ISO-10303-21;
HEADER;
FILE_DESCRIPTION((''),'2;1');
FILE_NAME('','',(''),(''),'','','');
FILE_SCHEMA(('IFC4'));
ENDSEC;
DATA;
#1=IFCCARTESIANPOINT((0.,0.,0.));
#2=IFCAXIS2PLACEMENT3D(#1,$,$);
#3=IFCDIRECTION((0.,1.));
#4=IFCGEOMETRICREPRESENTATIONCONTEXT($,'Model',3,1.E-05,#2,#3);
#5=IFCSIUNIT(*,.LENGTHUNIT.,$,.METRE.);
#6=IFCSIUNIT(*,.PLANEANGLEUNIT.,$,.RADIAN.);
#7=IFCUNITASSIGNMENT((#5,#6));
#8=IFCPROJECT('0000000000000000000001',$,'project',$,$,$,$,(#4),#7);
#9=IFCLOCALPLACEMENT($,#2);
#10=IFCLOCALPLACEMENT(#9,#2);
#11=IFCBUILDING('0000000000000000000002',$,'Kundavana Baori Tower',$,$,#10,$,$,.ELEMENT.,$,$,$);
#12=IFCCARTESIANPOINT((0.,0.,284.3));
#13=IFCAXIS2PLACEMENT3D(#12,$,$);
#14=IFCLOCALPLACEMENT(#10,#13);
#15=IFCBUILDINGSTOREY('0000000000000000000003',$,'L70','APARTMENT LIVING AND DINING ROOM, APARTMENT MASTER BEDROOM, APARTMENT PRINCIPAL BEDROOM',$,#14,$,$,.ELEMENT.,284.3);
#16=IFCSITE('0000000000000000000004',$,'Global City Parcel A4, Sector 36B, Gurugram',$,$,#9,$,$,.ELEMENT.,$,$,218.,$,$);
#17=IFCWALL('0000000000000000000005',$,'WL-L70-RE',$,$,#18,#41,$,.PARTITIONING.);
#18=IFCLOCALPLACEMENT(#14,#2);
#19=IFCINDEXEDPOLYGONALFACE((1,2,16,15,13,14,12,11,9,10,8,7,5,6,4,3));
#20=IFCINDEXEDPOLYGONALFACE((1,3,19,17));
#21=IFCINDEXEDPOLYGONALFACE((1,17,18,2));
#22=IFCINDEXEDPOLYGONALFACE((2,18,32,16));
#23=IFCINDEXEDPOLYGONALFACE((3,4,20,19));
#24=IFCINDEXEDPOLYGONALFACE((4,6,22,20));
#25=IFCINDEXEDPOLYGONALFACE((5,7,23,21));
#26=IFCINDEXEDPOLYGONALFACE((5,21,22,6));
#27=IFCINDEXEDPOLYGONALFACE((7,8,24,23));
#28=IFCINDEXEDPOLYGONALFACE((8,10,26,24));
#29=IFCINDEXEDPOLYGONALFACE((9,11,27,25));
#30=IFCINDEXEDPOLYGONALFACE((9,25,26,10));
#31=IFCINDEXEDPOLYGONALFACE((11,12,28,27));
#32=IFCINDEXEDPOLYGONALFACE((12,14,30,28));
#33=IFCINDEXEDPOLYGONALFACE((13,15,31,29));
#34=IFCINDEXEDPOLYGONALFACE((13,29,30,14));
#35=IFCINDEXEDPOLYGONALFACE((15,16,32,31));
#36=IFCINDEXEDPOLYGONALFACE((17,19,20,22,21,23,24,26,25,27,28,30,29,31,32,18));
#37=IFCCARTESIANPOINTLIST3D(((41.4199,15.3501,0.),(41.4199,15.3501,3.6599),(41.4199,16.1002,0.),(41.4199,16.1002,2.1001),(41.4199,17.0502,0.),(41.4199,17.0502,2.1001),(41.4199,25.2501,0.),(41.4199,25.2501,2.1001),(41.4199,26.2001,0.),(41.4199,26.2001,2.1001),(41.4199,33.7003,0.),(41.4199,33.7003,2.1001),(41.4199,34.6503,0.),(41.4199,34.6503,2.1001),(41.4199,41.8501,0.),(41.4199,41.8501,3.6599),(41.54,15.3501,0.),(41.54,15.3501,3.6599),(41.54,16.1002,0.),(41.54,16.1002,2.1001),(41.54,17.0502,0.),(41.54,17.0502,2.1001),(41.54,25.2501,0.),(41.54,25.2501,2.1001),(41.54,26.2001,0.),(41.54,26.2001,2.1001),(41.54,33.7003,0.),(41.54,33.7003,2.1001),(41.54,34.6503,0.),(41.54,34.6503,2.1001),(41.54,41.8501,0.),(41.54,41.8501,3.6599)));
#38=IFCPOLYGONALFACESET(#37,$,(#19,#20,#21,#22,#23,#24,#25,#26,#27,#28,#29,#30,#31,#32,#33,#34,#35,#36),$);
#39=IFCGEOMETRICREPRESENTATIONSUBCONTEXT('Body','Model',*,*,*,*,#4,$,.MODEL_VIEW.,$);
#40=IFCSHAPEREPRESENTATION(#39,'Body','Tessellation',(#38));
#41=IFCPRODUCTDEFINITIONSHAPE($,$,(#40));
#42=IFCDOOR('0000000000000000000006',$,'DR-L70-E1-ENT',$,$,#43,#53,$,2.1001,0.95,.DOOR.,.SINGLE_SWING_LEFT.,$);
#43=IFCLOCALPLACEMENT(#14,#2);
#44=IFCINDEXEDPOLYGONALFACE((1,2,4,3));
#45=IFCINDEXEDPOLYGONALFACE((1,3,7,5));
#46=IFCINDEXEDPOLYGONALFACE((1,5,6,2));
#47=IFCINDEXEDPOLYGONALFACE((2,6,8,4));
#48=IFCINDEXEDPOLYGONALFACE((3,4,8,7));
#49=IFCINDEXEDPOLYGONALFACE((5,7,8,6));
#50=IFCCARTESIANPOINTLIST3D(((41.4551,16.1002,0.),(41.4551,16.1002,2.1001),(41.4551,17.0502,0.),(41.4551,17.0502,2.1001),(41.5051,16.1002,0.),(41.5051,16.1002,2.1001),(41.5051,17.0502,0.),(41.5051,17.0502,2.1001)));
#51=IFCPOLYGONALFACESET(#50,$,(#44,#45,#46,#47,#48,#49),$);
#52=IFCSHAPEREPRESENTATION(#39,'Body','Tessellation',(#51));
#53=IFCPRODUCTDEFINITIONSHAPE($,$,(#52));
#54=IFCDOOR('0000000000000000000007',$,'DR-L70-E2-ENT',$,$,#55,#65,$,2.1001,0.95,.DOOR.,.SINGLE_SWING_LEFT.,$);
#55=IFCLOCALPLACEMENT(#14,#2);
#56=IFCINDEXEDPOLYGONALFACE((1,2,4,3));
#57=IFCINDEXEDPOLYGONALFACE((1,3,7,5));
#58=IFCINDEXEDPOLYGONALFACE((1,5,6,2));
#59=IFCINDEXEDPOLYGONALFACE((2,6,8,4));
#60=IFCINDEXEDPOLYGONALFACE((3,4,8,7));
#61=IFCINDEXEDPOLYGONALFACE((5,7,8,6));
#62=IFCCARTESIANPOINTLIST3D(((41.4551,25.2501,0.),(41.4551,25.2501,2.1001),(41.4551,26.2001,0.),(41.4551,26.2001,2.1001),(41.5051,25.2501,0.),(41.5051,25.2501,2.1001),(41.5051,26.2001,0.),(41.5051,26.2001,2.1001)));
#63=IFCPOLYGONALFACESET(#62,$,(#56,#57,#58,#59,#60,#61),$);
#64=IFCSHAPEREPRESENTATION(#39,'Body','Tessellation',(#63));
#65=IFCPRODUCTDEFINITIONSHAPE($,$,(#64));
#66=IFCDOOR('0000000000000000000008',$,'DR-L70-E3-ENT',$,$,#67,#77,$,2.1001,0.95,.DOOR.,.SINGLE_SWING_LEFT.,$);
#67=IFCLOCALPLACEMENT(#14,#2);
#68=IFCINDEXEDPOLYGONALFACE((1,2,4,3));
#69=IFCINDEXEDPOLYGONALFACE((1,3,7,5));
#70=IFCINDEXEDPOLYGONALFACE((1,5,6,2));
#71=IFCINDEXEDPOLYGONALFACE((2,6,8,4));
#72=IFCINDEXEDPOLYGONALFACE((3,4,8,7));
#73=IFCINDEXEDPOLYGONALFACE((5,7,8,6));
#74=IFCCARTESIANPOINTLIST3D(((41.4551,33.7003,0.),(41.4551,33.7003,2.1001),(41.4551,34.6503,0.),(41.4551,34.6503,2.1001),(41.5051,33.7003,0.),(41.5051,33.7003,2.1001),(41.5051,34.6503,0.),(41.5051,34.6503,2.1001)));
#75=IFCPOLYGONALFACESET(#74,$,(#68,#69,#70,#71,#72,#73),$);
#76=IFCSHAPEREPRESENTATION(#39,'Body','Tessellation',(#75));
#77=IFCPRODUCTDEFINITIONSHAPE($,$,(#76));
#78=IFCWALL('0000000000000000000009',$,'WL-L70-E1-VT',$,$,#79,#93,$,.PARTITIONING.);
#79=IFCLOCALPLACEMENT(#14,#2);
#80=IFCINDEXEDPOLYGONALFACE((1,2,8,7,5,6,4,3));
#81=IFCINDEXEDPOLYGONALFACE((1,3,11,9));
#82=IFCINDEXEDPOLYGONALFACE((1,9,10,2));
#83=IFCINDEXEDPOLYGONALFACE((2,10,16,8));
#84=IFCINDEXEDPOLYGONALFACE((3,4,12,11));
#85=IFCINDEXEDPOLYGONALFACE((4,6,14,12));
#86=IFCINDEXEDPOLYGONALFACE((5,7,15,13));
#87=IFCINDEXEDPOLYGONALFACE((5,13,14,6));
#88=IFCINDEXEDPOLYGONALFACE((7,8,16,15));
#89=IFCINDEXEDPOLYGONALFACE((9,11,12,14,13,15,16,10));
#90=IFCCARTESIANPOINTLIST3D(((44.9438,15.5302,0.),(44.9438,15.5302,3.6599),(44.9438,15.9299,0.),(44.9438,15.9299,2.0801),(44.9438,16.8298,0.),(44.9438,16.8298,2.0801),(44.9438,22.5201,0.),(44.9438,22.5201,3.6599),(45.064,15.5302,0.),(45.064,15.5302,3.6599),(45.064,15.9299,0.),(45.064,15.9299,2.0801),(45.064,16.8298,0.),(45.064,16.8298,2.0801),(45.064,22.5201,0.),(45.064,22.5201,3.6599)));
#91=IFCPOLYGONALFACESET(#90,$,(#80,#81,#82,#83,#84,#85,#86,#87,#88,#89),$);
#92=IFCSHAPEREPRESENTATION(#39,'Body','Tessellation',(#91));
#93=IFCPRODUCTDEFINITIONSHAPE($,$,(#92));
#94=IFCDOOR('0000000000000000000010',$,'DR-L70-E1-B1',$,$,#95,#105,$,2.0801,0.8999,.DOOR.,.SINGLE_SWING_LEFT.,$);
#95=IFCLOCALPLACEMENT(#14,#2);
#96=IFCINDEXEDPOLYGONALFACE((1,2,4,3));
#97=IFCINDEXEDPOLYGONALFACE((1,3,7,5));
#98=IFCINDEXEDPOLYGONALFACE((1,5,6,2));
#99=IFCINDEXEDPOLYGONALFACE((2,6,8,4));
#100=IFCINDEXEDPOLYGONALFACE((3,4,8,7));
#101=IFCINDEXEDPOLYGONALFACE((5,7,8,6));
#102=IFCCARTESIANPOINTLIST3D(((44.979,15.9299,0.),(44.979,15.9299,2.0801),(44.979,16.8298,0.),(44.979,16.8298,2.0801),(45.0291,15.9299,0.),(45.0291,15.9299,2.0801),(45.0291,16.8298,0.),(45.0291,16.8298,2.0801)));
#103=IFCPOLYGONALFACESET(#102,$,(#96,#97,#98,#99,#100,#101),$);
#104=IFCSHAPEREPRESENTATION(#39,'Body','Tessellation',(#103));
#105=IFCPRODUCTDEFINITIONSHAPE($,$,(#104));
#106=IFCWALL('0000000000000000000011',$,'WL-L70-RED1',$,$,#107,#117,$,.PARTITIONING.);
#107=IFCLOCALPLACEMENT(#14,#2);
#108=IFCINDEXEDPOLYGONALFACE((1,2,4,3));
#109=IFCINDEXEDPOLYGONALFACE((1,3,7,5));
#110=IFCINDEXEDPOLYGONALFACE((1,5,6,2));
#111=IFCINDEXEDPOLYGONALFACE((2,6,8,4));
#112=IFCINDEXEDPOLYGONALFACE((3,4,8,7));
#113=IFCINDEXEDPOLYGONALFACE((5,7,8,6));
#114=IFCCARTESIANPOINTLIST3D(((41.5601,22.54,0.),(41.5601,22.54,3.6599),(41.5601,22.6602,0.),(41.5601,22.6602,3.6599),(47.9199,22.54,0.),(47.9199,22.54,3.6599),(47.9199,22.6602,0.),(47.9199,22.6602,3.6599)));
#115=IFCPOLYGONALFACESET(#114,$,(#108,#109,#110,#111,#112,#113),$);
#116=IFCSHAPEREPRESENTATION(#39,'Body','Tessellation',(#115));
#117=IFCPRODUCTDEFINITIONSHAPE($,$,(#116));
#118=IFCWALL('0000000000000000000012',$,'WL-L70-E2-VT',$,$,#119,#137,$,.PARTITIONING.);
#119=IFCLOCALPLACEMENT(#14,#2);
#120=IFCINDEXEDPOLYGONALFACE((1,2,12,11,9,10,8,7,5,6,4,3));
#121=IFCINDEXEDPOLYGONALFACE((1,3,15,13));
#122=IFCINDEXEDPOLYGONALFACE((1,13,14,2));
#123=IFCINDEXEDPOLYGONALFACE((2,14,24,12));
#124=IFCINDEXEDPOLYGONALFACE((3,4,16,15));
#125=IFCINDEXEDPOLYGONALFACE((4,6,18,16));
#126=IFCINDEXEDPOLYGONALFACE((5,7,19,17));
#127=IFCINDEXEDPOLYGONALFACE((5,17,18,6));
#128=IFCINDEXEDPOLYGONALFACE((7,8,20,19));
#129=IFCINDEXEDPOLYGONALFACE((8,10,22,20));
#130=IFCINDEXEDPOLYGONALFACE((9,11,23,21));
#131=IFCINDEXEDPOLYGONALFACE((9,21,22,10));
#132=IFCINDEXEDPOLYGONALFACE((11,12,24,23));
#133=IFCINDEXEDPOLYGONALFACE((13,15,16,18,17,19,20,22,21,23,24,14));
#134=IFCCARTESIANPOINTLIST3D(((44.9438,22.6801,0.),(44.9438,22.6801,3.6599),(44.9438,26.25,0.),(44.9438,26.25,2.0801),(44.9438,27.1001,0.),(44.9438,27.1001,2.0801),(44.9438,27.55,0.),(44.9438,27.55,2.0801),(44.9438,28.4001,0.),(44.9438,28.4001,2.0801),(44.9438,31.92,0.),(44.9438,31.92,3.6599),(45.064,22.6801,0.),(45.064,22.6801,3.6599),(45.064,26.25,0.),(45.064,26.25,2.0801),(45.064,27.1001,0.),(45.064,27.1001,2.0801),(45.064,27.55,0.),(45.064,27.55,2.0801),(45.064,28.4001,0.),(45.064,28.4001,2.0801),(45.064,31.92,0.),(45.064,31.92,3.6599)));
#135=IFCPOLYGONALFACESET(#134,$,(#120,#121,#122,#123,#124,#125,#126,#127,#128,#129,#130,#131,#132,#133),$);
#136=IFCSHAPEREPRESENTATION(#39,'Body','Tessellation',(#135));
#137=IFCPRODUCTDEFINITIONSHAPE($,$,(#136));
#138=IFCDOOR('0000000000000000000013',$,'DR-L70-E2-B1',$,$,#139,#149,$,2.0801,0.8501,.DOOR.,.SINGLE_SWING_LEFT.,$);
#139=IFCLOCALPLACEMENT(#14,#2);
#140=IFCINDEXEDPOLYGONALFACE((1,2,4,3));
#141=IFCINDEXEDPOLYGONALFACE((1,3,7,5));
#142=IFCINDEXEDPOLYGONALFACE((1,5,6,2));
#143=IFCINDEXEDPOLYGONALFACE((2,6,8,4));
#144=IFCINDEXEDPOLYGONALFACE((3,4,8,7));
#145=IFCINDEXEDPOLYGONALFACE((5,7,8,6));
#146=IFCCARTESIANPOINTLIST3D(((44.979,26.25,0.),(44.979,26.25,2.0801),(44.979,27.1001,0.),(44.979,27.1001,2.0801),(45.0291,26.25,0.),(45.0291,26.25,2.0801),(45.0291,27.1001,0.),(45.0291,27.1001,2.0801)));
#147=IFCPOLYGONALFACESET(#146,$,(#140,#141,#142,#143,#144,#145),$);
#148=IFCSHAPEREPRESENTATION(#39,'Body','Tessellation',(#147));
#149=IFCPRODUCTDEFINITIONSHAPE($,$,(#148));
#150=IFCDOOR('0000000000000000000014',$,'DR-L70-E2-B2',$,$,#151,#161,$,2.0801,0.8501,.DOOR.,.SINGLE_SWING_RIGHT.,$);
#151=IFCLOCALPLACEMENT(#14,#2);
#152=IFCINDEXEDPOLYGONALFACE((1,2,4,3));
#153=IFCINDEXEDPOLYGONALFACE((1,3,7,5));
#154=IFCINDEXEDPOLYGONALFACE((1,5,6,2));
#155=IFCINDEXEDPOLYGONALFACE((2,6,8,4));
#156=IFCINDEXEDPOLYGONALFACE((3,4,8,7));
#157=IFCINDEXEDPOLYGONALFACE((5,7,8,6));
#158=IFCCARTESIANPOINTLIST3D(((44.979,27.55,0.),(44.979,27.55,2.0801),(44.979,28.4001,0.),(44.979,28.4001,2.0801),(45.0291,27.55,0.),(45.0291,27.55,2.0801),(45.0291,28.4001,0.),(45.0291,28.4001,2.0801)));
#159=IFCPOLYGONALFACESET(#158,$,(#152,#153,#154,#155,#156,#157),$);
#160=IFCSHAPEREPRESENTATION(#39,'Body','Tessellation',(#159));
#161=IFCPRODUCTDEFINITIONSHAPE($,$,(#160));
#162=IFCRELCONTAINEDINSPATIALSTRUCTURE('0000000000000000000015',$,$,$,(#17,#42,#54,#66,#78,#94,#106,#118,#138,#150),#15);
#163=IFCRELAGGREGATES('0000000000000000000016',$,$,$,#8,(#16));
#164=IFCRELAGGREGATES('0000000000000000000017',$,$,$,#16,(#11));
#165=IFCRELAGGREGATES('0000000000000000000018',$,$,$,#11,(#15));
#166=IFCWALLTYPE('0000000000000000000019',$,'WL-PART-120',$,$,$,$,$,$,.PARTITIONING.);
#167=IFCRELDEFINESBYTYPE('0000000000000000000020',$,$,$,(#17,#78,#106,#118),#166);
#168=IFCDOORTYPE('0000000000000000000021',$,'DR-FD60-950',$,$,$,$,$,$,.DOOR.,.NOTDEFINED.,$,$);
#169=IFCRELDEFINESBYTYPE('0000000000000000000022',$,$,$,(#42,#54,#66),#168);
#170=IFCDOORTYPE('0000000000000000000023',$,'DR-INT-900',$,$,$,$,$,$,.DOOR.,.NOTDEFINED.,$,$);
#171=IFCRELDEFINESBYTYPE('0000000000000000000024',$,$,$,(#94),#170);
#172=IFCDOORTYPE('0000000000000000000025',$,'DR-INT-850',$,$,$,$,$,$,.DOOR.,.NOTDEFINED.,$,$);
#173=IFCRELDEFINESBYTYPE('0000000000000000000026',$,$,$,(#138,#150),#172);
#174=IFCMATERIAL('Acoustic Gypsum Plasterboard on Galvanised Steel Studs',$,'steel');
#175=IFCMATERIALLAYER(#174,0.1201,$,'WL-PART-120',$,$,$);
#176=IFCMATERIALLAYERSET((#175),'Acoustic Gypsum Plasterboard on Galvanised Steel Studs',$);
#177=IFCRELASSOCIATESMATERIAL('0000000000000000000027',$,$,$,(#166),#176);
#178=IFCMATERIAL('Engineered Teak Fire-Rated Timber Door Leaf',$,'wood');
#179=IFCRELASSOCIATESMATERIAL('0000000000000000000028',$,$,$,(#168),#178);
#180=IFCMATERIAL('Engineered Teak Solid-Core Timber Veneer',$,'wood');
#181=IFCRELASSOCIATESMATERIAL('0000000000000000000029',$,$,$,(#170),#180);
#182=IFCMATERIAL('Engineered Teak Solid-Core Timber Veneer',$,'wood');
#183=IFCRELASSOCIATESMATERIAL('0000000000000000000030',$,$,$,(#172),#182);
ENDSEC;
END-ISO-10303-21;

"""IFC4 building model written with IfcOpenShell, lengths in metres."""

from ifc_helpers import new_model, si_unit, direction, frame, frame_2d, origin, place, context, subcontext, project, spatial, rectangle, extrude, material, layer, layer_set, type_object, element, fill, save


model = new_model("IFC4")

# Units and contexts
model_context = context("Model", 3, precision=1e-05, world=origin(), true_north=direction((0.0, 1.0)))
body_context = subcontext(model_context, "Body", "Model", "MODEL_VIEW")
ifc_project = project(units=[si_unit("LENGTHUNIT", "METRE"), si_unit("PLANEANGLEUNIT", "RADIAN")], contexts=[model_context])

# Site, building, storey
site_placement = place(None, origin())
site = spatial("IfcSite", under=ifc_project, at=site_placement, Name="Global City Parcel A4, Sector 36B, Gurugram", CompositionType="ELEMENT", RefElevation=218.0)
building_placement = place(site_placement, origin())
building = spatial("IfcBuilding", under=site, at=building_placement, Name="Kundavana Baori Tower", CompositionType="ELEMENT")
storey_placement = place(building_placement, frame((0.0, 0.0, 284.3)))
storey = spatial("IfcBuildingStorey", under=building, at=storey_placement, Name="L70", Description="APARTMENT LIVING AND DINING ROOM, APARTMENT MASTER BEDROOM, APARTMENT PRINCIPAL BEDROOM", CompositionType="ELEMENT", Elevation=284.3)

# Wall, openings, doors
ifc_material_1 = material(Name="Acoustic Gypsum Plasterboard on Galvanised Steel Studs", Category="steel")
ifc_layer_1 = layer(ifc_material_1, 0.1201, Name="WL-PART-120")
ifc_layer_set_1 = layer_set([ifc_layer_1], Name="Acoustic Gypsum Plasterboard on Galvanised Steel Studs")
wall_type_1 = type_object("IfcWallType", Name="WL-PART-120", PredefinedType="PARTITIONING", material=ifc_layer_set_1)
wall_1_placement = place(storey_placement, frame((41.48, 15.3501, 0.0), z_axis=(0.0, 0.0, 1.0), x_axis=(0.0, 1.0, 0.0)))
wall_1 = element("IfcWall", 1, at=wall_1_placement, inside=storey, type_object=wall_type_1, Name="WL-L70-RE", PredefinedType="PARTITIONING", context=body_context, shape_type="SweptSolid", body=[
    extrude(rectangle(XDim=26.5, YDim=0.1201, at=frame_2d((13.25, 0.0))), origin(), (0.0, 0.0, 1.0), 3.6599),
])
opening_1_placement = place(wall_1_placement, frame((0.75, 0.0, 0.0)))
opening_1 = element("IfcOpeningElement", 2, at=opening_1_placement, cuts=wall_1, PredefinedType="OPENING", context=body_context, shape_type="SweptSolid", body=[
    extrude(rectangle(XDim=0.95, YDim=2.1001, at=frame_2d((0.4751, 1.05))), frame((0.0, 0.0701, 0.0), z_axis=(0.0, -1.0, 0.0), x_axis=(1.0, 0.0, 0.0)), (0.0, 0.0, 1.0), 0.1401),
])
opening_2_placement = place(wall_1_placement, frame((9.8999, 0.0, 0.0)))
opening_2 = element("IfcOpeningElement", 3, at=opening_2_placement, cuts=wall_1, PredefinedType="OPENING", context=body_context, shape_type="SweptSolid", body=[
    extrude(rectangle(XDim=0.95, YDim=2.1001, at=frame_2d((0.4751, 1.05))), frame((0.0, 0.0701, 0.0), z_axis=(0.0, -1.0, 0.0), x_axis=(1.0, 0.0, 0.0)), (0.0, 0.0, 1.0), 0.1401),
])
opening_3_placement = place(wall_1_placement, frame((18.3501, 0.0, 0.0)))
opening_3 = element("IfcOpeningElement", 4, at=opening_3_placement, cuts=wall_1, PredefinedType="OPENING", context=body_context, shape_type="SweptSolid", body=[
    extrude(rectangle(XDim=0.95, YDim=2.1001, at=frame_2d((0.4751, 1.05))), frame((0.0, 0.0701, 0.0), z_axis=(0.0, -1.0, 0.0), x_axis=(1.0, 0.0, 0.0)), (0.0, 0.0, 1.0), 0.1401),
])
ifc_material_2 = material(Name="Engineered Teak Fire-Rated Timber Door Leaf", Category="wood")
door_type_1 = type_object("IfcDoorType", Name="DR-FD60-950", OperationType="NOTDEFINED", PredefinedType="DOOR", material=ifc_material_2)
door_1_placement = place(opening_1_placement, origin())
door_1 = element("IfcDoor", 5, at=door_1_placement, inside=storey, type_object=door_type_1, Name="DR-L70-E1-ENT", OperationType="SINGLE_SWING_LEFT", OverallHeight=2.1001, OverallWidth=0.95, PredefinedType="DOOR", context=body_context, shape_type="SweptSolid", body=[
    extrude(rectangle(XDim=0.95, YDim=2.1001, at=frame_2d((0.4751, 1.05))), frame((0.0, 0.0249, 0.0), z_axis=(0.0, -1.0, 0.0), x_axis=(1.0, 0.0, 0.0)), (0.0, 0.0, 1.0), 0.05),
])
fill(opening_1, door_1)
door_2_placement = place(opening_2_placement, origin())
door_2 = element("IfcDoor", 6, at=door_2_placement, inside=storey, type_object=door_type_1, Name="DR-L70-E2-ENT", OperationType="SINGLE_SWING_LEFT", OverallHeight=2.1001, OverallWidth=0.95, PredefinedType="DOOR", context=body_context, shape_type="SweptSolid", body=[
    extrude(rectangle(XDim=0.95, YDim=2.1001, at=frame_2d((0.4751, 1.05))), frame((0.0, 0.0249, 0.0), z_axis=(0.0, -1.0, 0.0), x_axis=(1.0, 0.0, 0.0)), (0.0, 0.0, 1.0), 0.05),
])
fill(opening_2, door_2)
door_3_placement = place(opening_3_placement, origin())
door_3 = element("IfcDoor", 7, at=door_3_placement, inside=storey, type_object=door_type_1, Name="DR-L70-E3-ENT", OperationType="SINGLE_SWING_LEFT", OverallHeight=2.1001, OverallWidth=0.95, PredefinedType="DOOR", context=body_context, shape_type="SweptSolid", body=[
    extrude(rectangle(XDim=0.95, YDim=2.1001, at=frame_2d((0.4751, 1.05))), frame((0.0, 0.0249, 0.0), z_axis=(0.0, -1.0, 0.0), x_axis=(1.0, 0.0, 0.0)), (0.0, 0.0, 1.0), 0.05),
])
fill(opening_3, door_3)

# Wall, opening, door
wall_2_placement = place(storey_placement, frame((45.0039, 15.53, 0.0), z_axis=(0.0, 0.0, 1.0), x_axis=(0.0, 1.0, 0.0)))
wall_2 = element("IfcWall", 8, at=wall_2_placement, inside=storey, type_object=wall_type_1, Name="WL-L70-E1-VT", PredefinedType="PARTITIONING", context=body_context, shape_type="SweptSolid", body=[
    extrude(rectangle(XDim=6.99, YDim=0.1201, at=frame_2d((3.4951, 0.0))), origin(), (0.0, 0.0, 1.0), 3.6599),
])
opening_4_placement = place(wall_2_placement, frame((0.3999, 0.0, 0.0)))
opening_4 = element("IfcOpeningElement", 9, at=opening_4_placement, cuts=wall_2, PredefinedType="OPENING", context=body_context, shape_type="SweptSolid", body=[
    extrude(rectangle(XDim=0.8999, YDim=2.0801, at=frame_2d((0.45, 1.04))), frame((0.0, 0.0701, 0.0), z_axis=(0.0, -1.0, 0.0), x_axis=(1.0, 0.0, 0.0)), (0.0, 0.0, 1.0), 0.1401),
])
ifc_material_3 = material(Name="Engineered Teak Solid-Core Timber Veneer", Category="wood")
door_type_2 = type_object("IfcDoorType", Name="DR-INT-900", OperationType="NOTDEFINED", PredefinedType="DOOR", material=ifc_material_3)
door_4_placement = place(opening_4_placement, origin())
door_4 = element("IfcDoor", 10, at=door_4_placement, inside=storey, type_object=door_type_2, Name="DR-L70-E1-B1", OperationType="SINGLE_SWING_LEFT", OverallHeight=2.0801, OverallWidth=0.8999, PredefinedType="DOOR", context=body_context, shape_type="SweptSolid", body=[
    extrude(rectangle(XDim=0.8999, YDim=2.0801, at=frame_2d((0.45, 1.04))), frame((0.0, 0.0249, 0.0), z_axis=(0.0, -1.0, 0.0), x_axis=(1.0, 0.0, 0.0)), (0.0, 0.0, 1.0), 0.05),
])
fill(opening_4, door_4)

# Wall
wall_3_placement = place(storey_placement, frame((41.5601, 22.6001, 0.0), z_axis=(0.0, 0.0, 1.0), x_axis=(1.0, 0.0, 0.0)))
element("IfcWall", 11, at=wall_3_placement, inside=storey, type_object=wall_type_1, Name="WL-L70-RED1", PredefinedType="PARTITIONING", context=body_context, shape_type="SweptSolid", body=[
    extrude(rectangle(XDim=6.3599, YDim=0.1201, at=frame_2d((3.1799, 0.0))), origin(), (0.0, 0.0, 1.0), 3.6599),
])

# Wall, openings, doors
wall_4_placement = place(storey_placement, frame((45.0039, 22.6799, 0.0), z_axis=(0.0, 0.0, 1.0), x_axis=(0.0, 1.0, 0.0)))
wall_4 = element("IfcWall", 12, at=wall_4_placement, inside=storey, type_object=wall_type_1, Name="WL-L70-E2-VT", PredefinedType="PARTITIONING", context=body_context, shape_type="SweptSolid", body=[
    extrude(rectangle(XDim=9.24, YDim=0.1201, at=frame_2d((4.6201, 0.0))), origin(), (0.0, 0.0, 1.0), 3.6599),
])
opening_5_placement = place(wall_4_placement, frame((3.5701, 0.0, 0.0)))
opening_5 = element("IfcOpeningElement", 13, at=opening_5_placement, cuts=wall_4, PredefinedType="OPENING", context=body_context, shape_type="SweptSolid", body=[
    extrude(rectangle(XDim=0.8501, YDim=2.0801, at=frame_2d((0.425, 1.04))), frame((0.0, 0.0701, 0.0), z_axis=(0.0, -1.0, 0.0), x_axis=(1.0, 0.0, 0.0)), (0.0, 0.0, 1.0), 0.1401),
])
opening_6_placement = place(wall_4_placement, frame((4.8701, 0.0, 0.0)))
opening_6 = element("IfcOpeningElement", 14, at=opening_6_placement, cuts=wall_4, PredefinedType="OPENING", context=body_context, shape_type="SweptSolid", body=[
    extrude(rectangle(XDim=0.8501, YDim=2.0801, at=frame_2d((0.425, 1.04))), frame((0.0, 0.0701, 0.0), z_axis=(0.0, -1.0, 0.0), x_axis=(1.0, 0.0, 0.0)), (0.0, 0.0, 1.0), 0.1401),
])
ifc_material_4 = material(Name="Engineered Teak Solid-Core Timber Veneer", Category="wood")
door_type_3 = type_object("IfcDoorType", Name="DR-INT-850", OperationType="NOTDEFINED", PredefinedType="DOOR", material=ifc_material_4)
door_5_placement = place(opening_5_placement, origin())
door_5 = element("IfcDoor", 15, at=door_5_placement, inside=storey, type_object=door_type_3, Name="DR-L70-E2-B1", OperationType="SINGLE_SWING_LEFT", OverallHeight=2.0801, OverallWidth=0.8501, PredefinedType="DOOR", context=body_context, shape_type="SweptSolid", body=[
    extrude(rectangle(XDim=0.8501, YDim=2.0801, at=frame_2d((0.425, 1.04))), frame((0.0, 0.0249, 0.0), z_axis=(0.0, -1.0, 0.0), x_axis=(1.0, 0.0, 0.0)), (0.0, 0.0, 1.0), 0.05),
])
fill(opening_5, door_5)
door_6_placement = place(opening_6_placement, origin())
door_6 = element("IfcDoor", 16, at=door_6_placement, inside=storey, type_object=door_type_3, Name="DR-L70-E2-B2", OperationType="SINGLE_SWING_RIGHT", OverallHeight=2.0801, OverallWidth=0.8501, PredefinedType="DOOR", context=body_context, shape_type="SweptSolid", body=[
    extrude(rectangle(XDim=0.8501, YDim=2.0801, at=frame_2d((0.425, 1.04))), frame((0.0, 0.0249, 0.0), z_axis=(0.0, -1.0, 0.0), x_axis=(1.0, 0.0, 0.0)), (0.0, 0.0, 1.0), 0.05),
])
fill(opening_6, door_6)

save(model, "model.ifc")
